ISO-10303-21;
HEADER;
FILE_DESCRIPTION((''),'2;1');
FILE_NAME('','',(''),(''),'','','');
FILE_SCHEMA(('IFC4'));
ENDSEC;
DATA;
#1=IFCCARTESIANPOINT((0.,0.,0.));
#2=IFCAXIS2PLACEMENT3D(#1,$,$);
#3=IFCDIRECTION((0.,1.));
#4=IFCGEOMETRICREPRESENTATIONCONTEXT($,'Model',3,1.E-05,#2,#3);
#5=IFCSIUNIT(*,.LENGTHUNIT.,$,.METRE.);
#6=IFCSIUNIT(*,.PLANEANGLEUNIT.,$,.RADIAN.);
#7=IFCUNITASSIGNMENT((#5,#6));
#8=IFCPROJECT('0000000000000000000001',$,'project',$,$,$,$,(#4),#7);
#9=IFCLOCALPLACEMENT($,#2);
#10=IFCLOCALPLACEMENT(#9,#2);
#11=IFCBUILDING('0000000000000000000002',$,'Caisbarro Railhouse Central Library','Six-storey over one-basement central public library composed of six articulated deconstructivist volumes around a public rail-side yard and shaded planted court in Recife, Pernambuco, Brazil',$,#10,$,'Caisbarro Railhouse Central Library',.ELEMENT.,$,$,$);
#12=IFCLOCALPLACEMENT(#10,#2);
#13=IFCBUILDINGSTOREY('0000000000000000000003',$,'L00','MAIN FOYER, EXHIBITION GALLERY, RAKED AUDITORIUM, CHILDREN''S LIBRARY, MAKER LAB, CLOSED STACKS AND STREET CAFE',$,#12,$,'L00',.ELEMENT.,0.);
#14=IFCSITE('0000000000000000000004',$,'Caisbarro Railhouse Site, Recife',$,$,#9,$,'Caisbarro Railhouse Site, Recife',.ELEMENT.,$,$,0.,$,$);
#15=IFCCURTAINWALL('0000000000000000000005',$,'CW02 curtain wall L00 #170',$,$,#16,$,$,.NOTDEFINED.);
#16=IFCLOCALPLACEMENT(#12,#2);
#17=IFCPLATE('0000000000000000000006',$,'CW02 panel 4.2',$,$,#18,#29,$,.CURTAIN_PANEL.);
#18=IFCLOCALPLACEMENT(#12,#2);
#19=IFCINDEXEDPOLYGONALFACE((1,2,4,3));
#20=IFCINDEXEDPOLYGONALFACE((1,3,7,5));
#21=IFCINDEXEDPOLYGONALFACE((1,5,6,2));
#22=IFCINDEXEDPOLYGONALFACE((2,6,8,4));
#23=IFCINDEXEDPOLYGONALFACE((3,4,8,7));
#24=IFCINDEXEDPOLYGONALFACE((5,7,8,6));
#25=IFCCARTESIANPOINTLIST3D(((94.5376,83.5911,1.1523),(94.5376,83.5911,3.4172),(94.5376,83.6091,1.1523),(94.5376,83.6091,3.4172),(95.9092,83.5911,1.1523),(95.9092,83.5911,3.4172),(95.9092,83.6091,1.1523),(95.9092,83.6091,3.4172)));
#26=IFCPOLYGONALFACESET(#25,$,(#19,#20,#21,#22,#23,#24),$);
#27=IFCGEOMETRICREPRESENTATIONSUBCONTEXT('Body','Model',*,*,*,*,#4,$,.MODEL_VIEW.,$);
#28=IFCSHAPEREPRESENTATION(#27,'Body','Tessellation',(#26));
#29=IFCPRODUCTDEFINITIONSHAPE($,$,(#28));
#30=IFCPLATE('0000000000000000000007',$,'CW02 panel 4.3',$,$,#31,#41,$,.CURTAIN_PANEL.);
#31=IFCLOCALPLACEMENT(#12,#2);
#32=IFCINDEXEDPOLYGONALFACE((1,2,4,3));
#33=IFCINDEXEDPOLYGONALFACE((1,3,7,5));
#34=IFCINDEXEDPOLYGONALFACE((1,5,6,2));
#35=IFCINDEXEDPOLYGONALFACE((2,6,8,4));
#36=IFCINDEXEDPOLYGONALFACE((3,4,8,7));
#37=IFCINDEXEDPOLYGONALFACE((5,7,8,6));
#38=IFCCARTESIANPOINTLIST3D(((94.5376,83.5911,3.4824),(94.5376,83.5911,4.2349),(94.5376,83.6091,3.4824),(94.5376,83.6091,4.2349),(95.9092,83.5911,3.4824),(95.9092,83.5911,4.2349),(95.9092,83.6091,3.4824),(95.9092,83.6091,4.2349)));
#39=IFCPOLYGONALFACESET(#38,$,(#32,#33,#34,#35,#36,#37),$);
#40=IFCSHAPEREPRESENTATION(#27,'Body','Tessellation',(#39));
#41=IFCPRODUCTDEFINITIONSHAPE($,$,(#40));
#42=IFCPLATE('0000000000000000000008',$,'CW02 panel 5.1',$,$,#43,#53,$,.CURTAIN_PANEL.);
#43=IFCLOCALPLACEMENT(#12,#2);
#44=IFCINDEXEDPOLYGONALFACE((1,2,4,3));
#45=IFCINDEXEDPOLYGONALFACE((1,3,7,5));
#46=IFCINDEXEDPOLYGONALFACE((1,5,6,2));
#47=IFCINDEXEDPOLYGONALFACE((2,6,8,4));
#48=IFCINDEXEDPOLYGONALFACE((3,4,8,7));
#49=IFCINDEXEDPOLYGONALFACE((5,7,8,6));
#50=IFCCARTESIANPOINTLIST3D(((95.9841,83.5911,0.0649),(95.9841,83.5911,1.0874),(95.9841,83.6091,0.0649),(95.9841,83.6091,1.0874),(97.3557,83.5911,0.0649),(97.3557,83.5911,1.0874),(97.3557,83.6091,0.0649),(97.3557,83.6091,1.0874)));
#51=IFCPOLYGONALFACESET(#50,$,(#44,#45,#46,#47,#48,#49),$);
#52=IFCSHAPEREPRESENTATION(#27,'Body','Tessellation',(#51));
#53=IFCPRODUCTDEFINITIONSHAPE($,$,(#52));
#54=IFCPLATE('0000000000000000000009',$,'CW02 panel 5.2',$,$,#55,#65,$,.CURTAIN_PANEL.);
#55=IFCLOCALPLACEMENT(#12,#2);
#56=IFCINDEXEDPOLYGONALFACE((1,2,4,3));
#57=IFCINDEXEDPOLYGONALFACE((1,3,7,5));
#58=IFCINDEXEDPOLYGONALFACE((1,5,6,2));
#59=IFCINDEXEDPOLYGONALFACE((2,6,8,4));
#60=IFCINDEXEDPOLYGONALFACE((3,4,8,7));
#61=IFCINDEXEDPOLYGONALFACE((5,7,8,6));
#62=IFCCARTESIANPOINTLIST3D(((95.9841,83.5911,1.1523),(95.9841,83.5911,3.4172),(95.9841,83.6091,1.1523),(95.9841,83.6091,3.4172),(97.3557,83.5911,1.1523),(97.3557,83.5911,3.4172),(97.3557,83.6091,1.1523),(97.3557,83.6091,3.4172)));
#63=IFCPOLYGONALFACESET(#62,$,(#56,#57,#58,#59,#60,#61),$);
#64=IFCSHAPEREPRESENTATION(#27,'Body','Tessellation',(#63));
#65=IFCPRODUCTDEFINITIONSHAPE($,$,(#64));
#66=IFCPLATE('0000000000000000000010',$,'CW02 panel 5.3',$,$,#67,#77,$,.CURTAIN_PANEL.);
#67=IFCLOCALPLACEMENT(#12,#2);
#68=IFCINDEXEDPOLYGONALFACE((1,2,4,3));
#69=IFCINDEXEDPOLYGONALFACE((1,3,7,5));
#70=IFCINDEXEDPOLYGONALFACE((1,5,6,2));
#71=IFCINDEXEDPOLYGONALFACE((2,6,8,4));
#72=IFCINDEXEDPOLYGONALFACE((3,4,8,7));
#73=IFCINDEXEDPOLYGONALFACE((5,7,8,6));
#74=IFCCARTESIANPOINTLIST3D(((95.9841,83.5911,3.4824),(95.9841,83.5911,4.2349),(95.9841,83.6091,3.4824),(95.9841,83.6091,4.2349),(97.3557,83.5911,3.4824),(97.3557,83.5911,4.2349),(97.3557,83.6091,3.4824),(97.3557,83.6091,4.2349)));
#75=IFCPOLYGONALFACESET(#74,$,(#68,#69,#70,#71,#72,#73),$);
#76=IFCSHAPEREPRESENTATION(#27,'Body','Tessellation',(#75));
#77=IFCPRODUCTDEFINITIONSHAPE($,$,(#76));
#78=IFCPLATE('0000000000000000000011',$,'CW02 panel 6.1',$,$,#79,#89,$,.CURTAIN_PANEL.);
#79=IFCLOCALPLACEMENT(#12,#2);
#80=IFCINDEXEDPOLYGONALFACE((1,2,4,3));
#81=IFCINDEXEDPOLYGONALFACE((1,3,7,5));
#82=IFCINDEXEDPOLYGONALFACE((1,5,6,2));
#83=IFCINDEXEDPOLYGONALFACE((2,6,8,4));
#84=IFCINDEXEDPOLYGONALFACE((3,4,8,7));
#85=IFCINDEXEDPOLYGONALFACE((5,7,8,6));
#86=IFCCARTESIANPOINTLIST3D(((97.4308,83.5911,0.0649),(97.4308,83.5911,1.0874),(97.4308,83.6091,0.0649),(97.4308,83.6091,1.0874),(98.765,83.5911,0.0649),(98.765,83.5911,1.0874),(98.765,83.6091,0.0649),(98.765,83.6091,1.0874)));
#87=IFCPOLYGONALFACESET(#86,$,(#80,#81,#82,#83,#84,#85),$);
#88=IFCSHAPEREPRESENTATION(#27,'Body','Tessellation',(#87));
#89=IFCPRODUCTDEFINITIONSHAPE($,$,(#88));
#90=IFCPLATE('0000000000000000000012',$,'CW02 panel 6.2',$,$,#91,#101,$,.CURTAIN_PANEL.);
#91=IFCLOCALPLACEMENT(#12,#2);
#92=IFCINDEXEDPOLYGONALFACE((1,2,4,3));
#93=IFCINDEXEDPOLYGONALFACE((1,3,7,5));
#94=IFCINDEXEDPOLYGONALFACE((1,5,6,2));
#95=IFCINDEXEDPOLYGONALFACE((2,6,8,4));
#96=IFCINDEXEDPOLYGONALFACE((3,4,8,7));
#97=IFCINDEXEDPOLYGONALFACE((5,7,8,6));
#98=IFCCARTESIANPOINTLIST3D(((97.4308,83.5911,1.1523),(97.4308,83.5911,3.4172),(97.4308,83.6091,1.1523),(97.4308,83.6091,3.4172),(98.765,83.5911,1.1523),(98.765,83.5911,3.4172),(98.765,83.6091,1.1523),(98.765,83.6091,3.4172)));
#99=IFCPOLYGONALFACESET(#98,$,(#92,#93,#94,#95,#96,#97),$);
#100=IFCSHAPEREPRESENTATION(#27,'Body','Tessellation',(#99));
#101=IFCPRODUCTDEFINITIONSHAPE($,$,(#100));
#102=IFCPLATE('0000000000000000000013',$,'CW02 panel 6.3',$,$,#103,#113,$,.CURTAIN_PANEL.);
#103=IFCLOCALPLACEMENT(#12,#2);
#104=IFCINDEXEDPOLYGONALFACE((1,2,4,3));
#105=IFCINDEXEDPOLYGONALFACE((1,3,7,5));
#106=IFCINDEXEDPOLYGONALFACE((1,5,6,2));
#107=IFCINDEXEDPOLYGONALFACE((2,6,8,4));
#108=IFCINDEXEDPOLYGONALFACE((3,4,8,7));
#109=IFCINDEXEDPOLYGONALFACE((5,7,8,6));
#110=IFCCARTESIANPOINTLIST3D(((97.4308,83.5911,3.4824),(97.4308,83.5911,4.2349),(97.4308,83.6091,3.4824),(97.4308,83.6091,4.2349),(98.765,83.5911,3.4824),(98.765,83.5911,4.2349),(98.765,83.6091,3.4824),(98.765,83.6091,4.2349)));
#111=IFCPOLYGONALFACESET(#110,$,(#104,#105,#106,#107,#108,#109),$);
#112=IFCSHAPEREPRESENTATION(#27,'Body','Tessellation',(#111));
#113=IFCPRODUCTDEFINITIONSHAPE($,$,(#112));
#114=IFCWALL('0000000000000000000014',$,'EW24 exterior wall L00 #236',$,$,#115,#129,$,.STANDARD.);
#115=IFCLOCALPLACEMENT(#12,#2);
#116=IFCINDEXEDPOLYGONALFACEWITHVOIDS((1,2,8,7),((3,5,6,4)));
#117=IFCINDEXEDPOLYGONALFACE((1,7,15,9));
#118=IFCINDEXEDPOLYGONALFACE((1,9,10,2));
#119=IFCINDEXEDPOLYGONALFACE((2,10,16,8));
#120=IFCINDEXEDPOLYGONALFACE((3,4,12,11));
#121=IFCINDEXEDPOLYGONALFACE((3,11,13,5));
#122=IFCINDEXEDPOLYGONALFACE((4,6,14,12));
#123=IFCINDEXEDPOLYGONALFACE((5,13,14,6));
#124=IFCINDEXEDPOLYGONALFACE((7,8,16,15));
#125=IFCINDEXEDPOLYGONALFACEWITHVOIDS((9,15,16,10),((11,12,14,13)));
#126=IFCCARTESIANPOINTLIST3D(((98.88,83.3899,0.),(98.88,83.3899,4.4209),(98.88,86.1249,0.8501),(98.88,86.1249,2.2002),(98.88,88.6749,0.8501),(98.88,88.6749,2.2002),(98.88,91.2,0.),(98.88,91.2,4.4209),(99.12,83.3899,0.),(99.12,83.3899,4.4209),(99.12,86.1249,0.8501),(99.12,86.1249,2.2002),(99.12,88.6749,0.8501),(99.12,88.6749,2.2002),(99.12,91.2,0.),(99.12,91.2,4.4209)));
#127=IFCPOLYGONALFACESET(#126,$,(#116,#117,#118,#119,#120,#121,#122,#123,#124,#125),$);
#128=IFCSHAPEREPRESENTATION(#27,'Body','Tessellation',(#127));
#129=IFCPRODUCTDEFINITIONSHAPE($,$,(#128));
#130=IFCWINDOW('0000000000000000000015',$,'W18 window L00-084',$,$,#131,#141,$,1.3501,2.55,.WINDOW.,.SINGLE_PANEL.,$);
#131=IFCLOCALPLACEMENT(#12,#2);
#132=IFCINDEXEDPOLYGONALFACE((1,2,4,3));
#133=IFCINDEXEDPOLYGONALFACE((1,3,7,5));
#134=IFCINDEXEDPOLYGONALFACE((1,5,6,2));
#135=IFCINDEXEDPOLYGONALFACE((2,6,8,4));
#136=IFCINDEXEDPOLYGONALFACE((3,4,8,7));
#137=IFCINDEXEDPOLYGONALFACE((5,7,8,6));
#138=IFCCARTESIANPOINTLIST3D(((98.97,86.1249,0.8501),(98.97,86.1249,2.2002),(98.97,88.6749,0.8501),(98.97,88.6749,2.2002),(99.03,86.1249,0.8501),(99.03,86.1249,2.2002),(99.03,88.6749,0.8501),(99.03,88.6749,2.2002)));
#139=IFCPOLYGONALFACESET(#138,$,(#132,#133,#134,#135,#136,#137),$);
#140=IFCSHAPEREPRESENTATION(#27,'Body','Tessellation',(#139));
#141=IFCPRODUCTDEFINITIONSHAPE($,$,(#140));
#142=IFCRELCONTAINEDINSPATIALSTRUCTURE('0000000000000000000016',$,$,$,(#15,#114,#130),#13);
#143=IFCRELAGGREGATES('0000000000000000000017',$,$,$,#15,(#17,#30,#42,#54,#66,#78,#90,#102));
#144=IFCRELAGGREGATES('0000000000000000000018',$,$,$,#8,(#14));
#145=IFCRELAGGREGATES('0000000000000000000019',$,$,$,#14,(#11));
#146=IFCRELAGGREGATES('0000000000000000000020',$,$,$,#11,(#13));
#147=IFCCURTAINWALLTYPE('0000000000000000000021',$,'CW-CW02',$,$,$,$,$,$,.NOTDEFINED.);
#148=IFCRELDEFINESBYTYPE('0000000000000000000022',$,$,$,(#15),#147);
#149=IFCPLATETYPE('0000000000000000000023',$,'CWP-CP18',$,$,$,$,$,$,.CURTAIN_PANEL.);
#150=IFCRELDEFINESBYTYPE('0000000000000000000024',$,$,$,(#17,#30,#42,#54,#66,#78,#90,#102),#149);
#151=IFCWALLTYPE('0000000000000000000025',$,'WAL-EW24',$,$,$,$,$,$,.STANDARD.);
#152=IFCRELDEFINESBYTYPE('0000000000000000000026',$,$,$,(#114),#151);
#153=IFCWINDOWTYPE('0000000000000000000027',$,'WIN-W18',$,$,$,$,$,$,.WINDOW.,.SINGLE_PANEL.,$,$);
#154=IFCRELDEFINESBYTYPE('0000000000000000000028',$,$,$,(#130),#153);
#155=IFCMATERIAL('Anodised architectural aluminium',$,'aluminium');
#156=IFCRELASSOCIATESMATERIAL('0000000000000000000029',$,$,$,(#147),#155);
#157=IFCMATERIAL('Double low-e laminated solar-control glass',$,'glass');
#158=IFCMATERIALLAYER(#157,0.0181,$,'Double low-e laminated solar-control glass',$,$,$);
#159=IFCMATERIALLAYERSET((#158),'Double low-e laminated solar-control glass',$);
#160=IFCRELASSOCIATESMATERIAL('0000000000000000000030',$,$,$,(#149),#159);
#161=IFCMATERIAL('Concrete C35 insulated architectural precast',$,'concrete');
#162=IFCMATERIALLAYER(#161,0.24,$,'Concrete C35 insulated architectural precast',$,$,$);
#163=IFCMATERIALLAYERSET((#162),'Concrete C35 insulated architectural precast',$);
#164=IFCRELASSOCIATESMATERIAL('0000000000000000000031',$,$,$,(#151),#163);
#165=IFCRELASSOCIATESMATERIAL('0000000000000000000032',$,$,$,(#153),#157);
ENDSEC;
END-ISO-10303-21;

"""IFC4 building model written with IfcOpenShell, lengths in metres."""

from ifc_helpers import new_model, si_unit, direction, frame, frame_2d, origin, origin_2d, place, context, subcontext, project, spatial, rectangle, extrude, material, layer, layer_set, type_object, element, fill, aggregate, save


model = new_model("IFC4")

# Units and contexts
model_context = context("Model", 3, precision=1e-05, world=origin(), true_north=direction((0.0, 1.0)))
body_context = subcontext(model_context, "Body", "Model", "MODEL_VIEW")
ifc_project = project(units=[si_unit("LENGTHUNIT", "METRE"), si_unit("PLANEANGLEUNIT", "RADIAN")], contexts=[model_context])

# Site, building, storey
site_placement = place(None, origin())
site = spatial("IfcSite", under=ifc_project, at=site_placement, Name="Caisbarro Railhouse Site, Recife", LongName="Caisbarro Railhouse Site, Recife", CompositionType="ELEMENT", RefElevation=0.0)
building_placement = place(site_placement, origin())
building = spatial("IfcBuilding", under=site, at=building_placement, Name="Caisbarro Railhouse Central Library", Description="Six-storey over one-basement central public library composed of six articulated deconstructivist volumes around a public rail-side yard and shaded planted court in Recife, Pernambuco, Brazil", LongName="Caisbarro Railhouse Central Library", CompositionType="ELEMENT")
storey_placement = place(building_placement, origin())
storey = spatial("IfcBuildingStorey", under=building, at=storey_placement, Name="L00", Description="MAIN FOYER, EXHIBITION GALLERY, RAKED AUDITORIUM, CHILDREN'S LIBRARY, MAKER LAB, CLOSED STACKS AND STREET CAFE", LongName="L00", CompositionType="ELEMENT", Elevation=0.0)

# Curtain wall, plates
ifc_material_1 = material(Name="Anodised architectural aluminium", Category="aluminium")
curtain_wall_type = type_object("IfcCurtainWallType", Name="CW-CW02", PredefinedType="NOTDEFINED", material=ifc_material_1)
curtain_wall_placement = place(storey_placement, origin())
curtain_wall = element("IfcCurtainWall", 1, at=curtain_wall_placement, inside=storey, type_object=curtain_wall_type, Name="CW02 curtain wall L00 #170", PredefinedType="NOTDEFINED")
ifc_material_2 = material(Name="Double low-e laminated solar-control glass", Category="glass")
ifc_layer_1 = layer(ifc_material_2, 0.0181, Name="Double low-e laminated solar-control glass")
ifc_layer_set_1 = layer_set([ifc_layer_1], Name="Double low-e laminated solar-control glass")
plate_type = type_object("IfcPlateType", Name="CWP-CP18", PredefinedType="CURTAIN_PANEL", material=ifc_layer_set_1)
plate_1_placement = place(storey_placement, frame((95.2234, 83.6001, 1.1523), z_axis=(0.0, 0.0, 1.0), x_axis=(1.0, 0.0, 0.0)))
plate_1 = element("IfcPlate", 2, at=plate_1_placement, type_object=plate_type, Name="CW02 panel 4.2", PredefinedType="CURTAIN_PANEL", context=body_context, shape_type="SweptSolid", body=[
    extrude(rectangle(XDim=1.3716, YDim=0.0181, at=origin_2d()), origin(), (0.0, 0.0, 1.0), 2.2649),
])
plate_2_placement = place(storey_placement, frame((95.2234, 83.6001, 3.4824), z_axis=(0.0, 0.0, 1.0), x_axis=(1.0, 0.0, 0.0)))
plate_2 = element("IfcPlate", 3, at=plate_2_placement, type_object=plate_type, Name="CW02 panel 4.3", PredefinedType="CURTAIN_PANEL", context=body_context, shape_type="SweptSolid", body=[
    extrude(rectangle(XDim=1.3716, YDim=0.0181, at=origin_2d()), origin(), (0.0, 0.0, 1.0), 0.7524),
])
plate_3_placement = place(storey_placement, frame((96.6699, 83.6001, 0.0649), z_axis=(0.0, 0.0, 1.0), x_axis=(1.0, 0.0, 0.0)))
plate_3 = element("IfcPlate", 4, at=plate_3_placement, type_object=plate_type, Name="CW02 panel 5.1", PredefinedType="CURTAIN_PANEL", context=body_context, shape_type="SweptSolid", body=[
    extrude(rectangle(XDim=1.3716, YDim=0.0181, at=origin_2d()), origin(), (0.0, 0.0, 1.0), 1.0225),
])
plate_4_placement = place(storey_placement, frame((96.6699, 83.6001, 1.1523), z_axis=(0.0, 0.0, 1.0), x_axis=(1.0, 0.0, 0.0)))
plate_4 = element("IfcPlate", 5, at=plate_4_placement, type_object=plate_type, Name="CW02 panel 5.2", PredefinedType="CURTAIN_PANEL", context=body_context, shape_type="SweptSolid", body=[
    extrude(rectangle(XDim=1.3716, YDim=0.0181, at=origin_2d()), origin(), (0.0, 0.0, 1.0), 2.2649),
])
plate_5_placement = place(storey_placement, frame((96.6699, 83.6001, 3.4824), z_axis=(0.0, 0.0, 1.0), x_axis=(1.0, 0.0, 0.0)))
plate_5 = element("IfcPlate", 6, at=plate_5_placement, type_object=plate_type, Name="CW02 panel 5.3", PredefinedType="CURTAIN_PANEL", context=body_context, shape_type="SweptSolid", body=[
    extrude(rectangle(XDim=1.3716, YDim=0.0181, at=origin_2d()), origin(), (0.0, 0.0, 1.0), 0.7524),
])
plate_6_placement = place(storey_placement, frame((98.0979, 83.6001, 0.0649), z_axis=(0.0, 0.0, 1.0), x_axis=(1.0, 0.0, 0.0)))
plate_6 = element("IfcPlate", 7, at=plate_6_placement, type_object=plate_type, Name="CW02 panel 6.1", PredefinedType="CURTAIN_PANEL", context=body_context, shape_type="SweptSolid", body=[
    extrude(rectangle(XDim=1.3342, YDim=0.0181, at=origin_2d()), origin(), (0.0, 0.0, 1.0), 1.0225),
])
plate_7_placement = place(storey_placement, frame((98.0979, 83.6001, 1.1523), z_axis=(0.0, 0.0, 1.0), x_axis=(1.0, 0.0, 0.0)))
plate_7 = element("IfcPlate", 8, at=plate_7_placement, type_object=plate_type, Name="CW02 panel 6.2", PredefinedType="CURTAIN_PANEL", context=body_context, shape_type="SweptSolid", body=[
    extrude(rectangle(XDim=1.3342, YDim=0.0181, at=origin_2d()), origin(), (0.0, 0.0, 1.0), 2.2649),
])
plate_8_placement = place(storey_placement, frame((98.0979, 83.6001, 3.4824), z_axis=(0.0, 0.0, 1.0), x_axis=(1.0, 0.0, 0.0)))
plate_8 = element("IfcPlate", 9, at=plate_8_placement, type_object=plate_type, Name="CW02 panel 6.3", PredefinedType="CURTAIN_PANEL", context=body_context, shape_type="SweptSolid", body=[
    extrude(rectangle(XDim=1.3342, YDim=0.0181, at=origin_2d()), origin(), (0.0, 0.0, 1.0), 0.7524),
])
aggregate(curtain_wall, [plate_1, plate_2, plate_3, plate_4, plate_5, plate_6, plate_7, plate_8])

# Wall, opening, window
ifc_material_3 = material(Name="Concrete C35 insulated architectural precast", Category="concrete")
ifc_layer_2 = layer(ifc_material_3, 0.24, Name="Concrete C35 insulated architectural precast")
ifc_layer_set_2 = layer_set([ifc_layer_2], Name="Concrete C35 insulated architectural precast")
wall_type = type_object("IfcWallType", Name="WAL-EW24", PredefinedType="STANDARD", material=ifc_layer_set_2)
wall_placement = place(storey_placement, frame((99.0, 83.3899, 0.0), z_axis=(0.0, 0.0, 1.0), x_axis=(0.0, 1.0, 0.0)))
wall = element("IfcWall", 10, at=wall_placement, inside=storey, type_object=wall_type, Name="EW24 exterior wall L00 #236", PredefinedType="STANDARD", context=body_context, shape_type="SweptSolid", body=[
    extrude(rectangle(XDim=7.8101, YDim=0.24, at=frame_2d((3.905, 0.0))), origin(), (0.0, 0.0, 1.0), 4.4209),
])
opening_placement = place(wall_placement, frame((2.7351, 0.0, 0.8501)))
opening = element("IfcOpeningElement", 11, at=opening_placement, cuts=wall, PredefinedType="OPENING", context=body_context, shape_type="SweptSolid", body=[
    extrude(rectangle(XDim=2.55, YDim=1.3501, at=frame_2d((1.2749, 0.675))), frame((0.0, 0.1299, 0.0), z_axis=(0.0, -1.0, 0.0), x_axis=(1.0, 0.0, 0.0)), (0.0, 0.0, 1.0), 0.26),
])
window_type = type_object("IfcWindowType", Name="WIN-W18", PartitioningType="SINGLE_PANEL", PredefinedType="WINDOW", material=ifc_material_2)
window_placement = place(opening_placement, origin())
window = element("IfcWindow", 12, at=window_placement, inside=storey, type_object=window_type, Name="W18 window L00-084", OverallHeight=1.3501, OverallWidth=2.55, PartitioningType="SINGLE_PANEL", PredefinedType="WINDOW", context=body_context, shape_type="SweptSolid", body=[
    extrude(rectangle(XDim=2.55, YDim=1.3501, at=frame_2d((1.2749, 0.675))), frame((0.0, 0.03, 0.0), z_axis=(0.0, -1.0, 0.0), x_axis=(1.0, 0.0, 0.0)), (0.0, 0.0, 1.0), 0.0601),
])
fill(opening, window)

save(model, "model.ifc")
